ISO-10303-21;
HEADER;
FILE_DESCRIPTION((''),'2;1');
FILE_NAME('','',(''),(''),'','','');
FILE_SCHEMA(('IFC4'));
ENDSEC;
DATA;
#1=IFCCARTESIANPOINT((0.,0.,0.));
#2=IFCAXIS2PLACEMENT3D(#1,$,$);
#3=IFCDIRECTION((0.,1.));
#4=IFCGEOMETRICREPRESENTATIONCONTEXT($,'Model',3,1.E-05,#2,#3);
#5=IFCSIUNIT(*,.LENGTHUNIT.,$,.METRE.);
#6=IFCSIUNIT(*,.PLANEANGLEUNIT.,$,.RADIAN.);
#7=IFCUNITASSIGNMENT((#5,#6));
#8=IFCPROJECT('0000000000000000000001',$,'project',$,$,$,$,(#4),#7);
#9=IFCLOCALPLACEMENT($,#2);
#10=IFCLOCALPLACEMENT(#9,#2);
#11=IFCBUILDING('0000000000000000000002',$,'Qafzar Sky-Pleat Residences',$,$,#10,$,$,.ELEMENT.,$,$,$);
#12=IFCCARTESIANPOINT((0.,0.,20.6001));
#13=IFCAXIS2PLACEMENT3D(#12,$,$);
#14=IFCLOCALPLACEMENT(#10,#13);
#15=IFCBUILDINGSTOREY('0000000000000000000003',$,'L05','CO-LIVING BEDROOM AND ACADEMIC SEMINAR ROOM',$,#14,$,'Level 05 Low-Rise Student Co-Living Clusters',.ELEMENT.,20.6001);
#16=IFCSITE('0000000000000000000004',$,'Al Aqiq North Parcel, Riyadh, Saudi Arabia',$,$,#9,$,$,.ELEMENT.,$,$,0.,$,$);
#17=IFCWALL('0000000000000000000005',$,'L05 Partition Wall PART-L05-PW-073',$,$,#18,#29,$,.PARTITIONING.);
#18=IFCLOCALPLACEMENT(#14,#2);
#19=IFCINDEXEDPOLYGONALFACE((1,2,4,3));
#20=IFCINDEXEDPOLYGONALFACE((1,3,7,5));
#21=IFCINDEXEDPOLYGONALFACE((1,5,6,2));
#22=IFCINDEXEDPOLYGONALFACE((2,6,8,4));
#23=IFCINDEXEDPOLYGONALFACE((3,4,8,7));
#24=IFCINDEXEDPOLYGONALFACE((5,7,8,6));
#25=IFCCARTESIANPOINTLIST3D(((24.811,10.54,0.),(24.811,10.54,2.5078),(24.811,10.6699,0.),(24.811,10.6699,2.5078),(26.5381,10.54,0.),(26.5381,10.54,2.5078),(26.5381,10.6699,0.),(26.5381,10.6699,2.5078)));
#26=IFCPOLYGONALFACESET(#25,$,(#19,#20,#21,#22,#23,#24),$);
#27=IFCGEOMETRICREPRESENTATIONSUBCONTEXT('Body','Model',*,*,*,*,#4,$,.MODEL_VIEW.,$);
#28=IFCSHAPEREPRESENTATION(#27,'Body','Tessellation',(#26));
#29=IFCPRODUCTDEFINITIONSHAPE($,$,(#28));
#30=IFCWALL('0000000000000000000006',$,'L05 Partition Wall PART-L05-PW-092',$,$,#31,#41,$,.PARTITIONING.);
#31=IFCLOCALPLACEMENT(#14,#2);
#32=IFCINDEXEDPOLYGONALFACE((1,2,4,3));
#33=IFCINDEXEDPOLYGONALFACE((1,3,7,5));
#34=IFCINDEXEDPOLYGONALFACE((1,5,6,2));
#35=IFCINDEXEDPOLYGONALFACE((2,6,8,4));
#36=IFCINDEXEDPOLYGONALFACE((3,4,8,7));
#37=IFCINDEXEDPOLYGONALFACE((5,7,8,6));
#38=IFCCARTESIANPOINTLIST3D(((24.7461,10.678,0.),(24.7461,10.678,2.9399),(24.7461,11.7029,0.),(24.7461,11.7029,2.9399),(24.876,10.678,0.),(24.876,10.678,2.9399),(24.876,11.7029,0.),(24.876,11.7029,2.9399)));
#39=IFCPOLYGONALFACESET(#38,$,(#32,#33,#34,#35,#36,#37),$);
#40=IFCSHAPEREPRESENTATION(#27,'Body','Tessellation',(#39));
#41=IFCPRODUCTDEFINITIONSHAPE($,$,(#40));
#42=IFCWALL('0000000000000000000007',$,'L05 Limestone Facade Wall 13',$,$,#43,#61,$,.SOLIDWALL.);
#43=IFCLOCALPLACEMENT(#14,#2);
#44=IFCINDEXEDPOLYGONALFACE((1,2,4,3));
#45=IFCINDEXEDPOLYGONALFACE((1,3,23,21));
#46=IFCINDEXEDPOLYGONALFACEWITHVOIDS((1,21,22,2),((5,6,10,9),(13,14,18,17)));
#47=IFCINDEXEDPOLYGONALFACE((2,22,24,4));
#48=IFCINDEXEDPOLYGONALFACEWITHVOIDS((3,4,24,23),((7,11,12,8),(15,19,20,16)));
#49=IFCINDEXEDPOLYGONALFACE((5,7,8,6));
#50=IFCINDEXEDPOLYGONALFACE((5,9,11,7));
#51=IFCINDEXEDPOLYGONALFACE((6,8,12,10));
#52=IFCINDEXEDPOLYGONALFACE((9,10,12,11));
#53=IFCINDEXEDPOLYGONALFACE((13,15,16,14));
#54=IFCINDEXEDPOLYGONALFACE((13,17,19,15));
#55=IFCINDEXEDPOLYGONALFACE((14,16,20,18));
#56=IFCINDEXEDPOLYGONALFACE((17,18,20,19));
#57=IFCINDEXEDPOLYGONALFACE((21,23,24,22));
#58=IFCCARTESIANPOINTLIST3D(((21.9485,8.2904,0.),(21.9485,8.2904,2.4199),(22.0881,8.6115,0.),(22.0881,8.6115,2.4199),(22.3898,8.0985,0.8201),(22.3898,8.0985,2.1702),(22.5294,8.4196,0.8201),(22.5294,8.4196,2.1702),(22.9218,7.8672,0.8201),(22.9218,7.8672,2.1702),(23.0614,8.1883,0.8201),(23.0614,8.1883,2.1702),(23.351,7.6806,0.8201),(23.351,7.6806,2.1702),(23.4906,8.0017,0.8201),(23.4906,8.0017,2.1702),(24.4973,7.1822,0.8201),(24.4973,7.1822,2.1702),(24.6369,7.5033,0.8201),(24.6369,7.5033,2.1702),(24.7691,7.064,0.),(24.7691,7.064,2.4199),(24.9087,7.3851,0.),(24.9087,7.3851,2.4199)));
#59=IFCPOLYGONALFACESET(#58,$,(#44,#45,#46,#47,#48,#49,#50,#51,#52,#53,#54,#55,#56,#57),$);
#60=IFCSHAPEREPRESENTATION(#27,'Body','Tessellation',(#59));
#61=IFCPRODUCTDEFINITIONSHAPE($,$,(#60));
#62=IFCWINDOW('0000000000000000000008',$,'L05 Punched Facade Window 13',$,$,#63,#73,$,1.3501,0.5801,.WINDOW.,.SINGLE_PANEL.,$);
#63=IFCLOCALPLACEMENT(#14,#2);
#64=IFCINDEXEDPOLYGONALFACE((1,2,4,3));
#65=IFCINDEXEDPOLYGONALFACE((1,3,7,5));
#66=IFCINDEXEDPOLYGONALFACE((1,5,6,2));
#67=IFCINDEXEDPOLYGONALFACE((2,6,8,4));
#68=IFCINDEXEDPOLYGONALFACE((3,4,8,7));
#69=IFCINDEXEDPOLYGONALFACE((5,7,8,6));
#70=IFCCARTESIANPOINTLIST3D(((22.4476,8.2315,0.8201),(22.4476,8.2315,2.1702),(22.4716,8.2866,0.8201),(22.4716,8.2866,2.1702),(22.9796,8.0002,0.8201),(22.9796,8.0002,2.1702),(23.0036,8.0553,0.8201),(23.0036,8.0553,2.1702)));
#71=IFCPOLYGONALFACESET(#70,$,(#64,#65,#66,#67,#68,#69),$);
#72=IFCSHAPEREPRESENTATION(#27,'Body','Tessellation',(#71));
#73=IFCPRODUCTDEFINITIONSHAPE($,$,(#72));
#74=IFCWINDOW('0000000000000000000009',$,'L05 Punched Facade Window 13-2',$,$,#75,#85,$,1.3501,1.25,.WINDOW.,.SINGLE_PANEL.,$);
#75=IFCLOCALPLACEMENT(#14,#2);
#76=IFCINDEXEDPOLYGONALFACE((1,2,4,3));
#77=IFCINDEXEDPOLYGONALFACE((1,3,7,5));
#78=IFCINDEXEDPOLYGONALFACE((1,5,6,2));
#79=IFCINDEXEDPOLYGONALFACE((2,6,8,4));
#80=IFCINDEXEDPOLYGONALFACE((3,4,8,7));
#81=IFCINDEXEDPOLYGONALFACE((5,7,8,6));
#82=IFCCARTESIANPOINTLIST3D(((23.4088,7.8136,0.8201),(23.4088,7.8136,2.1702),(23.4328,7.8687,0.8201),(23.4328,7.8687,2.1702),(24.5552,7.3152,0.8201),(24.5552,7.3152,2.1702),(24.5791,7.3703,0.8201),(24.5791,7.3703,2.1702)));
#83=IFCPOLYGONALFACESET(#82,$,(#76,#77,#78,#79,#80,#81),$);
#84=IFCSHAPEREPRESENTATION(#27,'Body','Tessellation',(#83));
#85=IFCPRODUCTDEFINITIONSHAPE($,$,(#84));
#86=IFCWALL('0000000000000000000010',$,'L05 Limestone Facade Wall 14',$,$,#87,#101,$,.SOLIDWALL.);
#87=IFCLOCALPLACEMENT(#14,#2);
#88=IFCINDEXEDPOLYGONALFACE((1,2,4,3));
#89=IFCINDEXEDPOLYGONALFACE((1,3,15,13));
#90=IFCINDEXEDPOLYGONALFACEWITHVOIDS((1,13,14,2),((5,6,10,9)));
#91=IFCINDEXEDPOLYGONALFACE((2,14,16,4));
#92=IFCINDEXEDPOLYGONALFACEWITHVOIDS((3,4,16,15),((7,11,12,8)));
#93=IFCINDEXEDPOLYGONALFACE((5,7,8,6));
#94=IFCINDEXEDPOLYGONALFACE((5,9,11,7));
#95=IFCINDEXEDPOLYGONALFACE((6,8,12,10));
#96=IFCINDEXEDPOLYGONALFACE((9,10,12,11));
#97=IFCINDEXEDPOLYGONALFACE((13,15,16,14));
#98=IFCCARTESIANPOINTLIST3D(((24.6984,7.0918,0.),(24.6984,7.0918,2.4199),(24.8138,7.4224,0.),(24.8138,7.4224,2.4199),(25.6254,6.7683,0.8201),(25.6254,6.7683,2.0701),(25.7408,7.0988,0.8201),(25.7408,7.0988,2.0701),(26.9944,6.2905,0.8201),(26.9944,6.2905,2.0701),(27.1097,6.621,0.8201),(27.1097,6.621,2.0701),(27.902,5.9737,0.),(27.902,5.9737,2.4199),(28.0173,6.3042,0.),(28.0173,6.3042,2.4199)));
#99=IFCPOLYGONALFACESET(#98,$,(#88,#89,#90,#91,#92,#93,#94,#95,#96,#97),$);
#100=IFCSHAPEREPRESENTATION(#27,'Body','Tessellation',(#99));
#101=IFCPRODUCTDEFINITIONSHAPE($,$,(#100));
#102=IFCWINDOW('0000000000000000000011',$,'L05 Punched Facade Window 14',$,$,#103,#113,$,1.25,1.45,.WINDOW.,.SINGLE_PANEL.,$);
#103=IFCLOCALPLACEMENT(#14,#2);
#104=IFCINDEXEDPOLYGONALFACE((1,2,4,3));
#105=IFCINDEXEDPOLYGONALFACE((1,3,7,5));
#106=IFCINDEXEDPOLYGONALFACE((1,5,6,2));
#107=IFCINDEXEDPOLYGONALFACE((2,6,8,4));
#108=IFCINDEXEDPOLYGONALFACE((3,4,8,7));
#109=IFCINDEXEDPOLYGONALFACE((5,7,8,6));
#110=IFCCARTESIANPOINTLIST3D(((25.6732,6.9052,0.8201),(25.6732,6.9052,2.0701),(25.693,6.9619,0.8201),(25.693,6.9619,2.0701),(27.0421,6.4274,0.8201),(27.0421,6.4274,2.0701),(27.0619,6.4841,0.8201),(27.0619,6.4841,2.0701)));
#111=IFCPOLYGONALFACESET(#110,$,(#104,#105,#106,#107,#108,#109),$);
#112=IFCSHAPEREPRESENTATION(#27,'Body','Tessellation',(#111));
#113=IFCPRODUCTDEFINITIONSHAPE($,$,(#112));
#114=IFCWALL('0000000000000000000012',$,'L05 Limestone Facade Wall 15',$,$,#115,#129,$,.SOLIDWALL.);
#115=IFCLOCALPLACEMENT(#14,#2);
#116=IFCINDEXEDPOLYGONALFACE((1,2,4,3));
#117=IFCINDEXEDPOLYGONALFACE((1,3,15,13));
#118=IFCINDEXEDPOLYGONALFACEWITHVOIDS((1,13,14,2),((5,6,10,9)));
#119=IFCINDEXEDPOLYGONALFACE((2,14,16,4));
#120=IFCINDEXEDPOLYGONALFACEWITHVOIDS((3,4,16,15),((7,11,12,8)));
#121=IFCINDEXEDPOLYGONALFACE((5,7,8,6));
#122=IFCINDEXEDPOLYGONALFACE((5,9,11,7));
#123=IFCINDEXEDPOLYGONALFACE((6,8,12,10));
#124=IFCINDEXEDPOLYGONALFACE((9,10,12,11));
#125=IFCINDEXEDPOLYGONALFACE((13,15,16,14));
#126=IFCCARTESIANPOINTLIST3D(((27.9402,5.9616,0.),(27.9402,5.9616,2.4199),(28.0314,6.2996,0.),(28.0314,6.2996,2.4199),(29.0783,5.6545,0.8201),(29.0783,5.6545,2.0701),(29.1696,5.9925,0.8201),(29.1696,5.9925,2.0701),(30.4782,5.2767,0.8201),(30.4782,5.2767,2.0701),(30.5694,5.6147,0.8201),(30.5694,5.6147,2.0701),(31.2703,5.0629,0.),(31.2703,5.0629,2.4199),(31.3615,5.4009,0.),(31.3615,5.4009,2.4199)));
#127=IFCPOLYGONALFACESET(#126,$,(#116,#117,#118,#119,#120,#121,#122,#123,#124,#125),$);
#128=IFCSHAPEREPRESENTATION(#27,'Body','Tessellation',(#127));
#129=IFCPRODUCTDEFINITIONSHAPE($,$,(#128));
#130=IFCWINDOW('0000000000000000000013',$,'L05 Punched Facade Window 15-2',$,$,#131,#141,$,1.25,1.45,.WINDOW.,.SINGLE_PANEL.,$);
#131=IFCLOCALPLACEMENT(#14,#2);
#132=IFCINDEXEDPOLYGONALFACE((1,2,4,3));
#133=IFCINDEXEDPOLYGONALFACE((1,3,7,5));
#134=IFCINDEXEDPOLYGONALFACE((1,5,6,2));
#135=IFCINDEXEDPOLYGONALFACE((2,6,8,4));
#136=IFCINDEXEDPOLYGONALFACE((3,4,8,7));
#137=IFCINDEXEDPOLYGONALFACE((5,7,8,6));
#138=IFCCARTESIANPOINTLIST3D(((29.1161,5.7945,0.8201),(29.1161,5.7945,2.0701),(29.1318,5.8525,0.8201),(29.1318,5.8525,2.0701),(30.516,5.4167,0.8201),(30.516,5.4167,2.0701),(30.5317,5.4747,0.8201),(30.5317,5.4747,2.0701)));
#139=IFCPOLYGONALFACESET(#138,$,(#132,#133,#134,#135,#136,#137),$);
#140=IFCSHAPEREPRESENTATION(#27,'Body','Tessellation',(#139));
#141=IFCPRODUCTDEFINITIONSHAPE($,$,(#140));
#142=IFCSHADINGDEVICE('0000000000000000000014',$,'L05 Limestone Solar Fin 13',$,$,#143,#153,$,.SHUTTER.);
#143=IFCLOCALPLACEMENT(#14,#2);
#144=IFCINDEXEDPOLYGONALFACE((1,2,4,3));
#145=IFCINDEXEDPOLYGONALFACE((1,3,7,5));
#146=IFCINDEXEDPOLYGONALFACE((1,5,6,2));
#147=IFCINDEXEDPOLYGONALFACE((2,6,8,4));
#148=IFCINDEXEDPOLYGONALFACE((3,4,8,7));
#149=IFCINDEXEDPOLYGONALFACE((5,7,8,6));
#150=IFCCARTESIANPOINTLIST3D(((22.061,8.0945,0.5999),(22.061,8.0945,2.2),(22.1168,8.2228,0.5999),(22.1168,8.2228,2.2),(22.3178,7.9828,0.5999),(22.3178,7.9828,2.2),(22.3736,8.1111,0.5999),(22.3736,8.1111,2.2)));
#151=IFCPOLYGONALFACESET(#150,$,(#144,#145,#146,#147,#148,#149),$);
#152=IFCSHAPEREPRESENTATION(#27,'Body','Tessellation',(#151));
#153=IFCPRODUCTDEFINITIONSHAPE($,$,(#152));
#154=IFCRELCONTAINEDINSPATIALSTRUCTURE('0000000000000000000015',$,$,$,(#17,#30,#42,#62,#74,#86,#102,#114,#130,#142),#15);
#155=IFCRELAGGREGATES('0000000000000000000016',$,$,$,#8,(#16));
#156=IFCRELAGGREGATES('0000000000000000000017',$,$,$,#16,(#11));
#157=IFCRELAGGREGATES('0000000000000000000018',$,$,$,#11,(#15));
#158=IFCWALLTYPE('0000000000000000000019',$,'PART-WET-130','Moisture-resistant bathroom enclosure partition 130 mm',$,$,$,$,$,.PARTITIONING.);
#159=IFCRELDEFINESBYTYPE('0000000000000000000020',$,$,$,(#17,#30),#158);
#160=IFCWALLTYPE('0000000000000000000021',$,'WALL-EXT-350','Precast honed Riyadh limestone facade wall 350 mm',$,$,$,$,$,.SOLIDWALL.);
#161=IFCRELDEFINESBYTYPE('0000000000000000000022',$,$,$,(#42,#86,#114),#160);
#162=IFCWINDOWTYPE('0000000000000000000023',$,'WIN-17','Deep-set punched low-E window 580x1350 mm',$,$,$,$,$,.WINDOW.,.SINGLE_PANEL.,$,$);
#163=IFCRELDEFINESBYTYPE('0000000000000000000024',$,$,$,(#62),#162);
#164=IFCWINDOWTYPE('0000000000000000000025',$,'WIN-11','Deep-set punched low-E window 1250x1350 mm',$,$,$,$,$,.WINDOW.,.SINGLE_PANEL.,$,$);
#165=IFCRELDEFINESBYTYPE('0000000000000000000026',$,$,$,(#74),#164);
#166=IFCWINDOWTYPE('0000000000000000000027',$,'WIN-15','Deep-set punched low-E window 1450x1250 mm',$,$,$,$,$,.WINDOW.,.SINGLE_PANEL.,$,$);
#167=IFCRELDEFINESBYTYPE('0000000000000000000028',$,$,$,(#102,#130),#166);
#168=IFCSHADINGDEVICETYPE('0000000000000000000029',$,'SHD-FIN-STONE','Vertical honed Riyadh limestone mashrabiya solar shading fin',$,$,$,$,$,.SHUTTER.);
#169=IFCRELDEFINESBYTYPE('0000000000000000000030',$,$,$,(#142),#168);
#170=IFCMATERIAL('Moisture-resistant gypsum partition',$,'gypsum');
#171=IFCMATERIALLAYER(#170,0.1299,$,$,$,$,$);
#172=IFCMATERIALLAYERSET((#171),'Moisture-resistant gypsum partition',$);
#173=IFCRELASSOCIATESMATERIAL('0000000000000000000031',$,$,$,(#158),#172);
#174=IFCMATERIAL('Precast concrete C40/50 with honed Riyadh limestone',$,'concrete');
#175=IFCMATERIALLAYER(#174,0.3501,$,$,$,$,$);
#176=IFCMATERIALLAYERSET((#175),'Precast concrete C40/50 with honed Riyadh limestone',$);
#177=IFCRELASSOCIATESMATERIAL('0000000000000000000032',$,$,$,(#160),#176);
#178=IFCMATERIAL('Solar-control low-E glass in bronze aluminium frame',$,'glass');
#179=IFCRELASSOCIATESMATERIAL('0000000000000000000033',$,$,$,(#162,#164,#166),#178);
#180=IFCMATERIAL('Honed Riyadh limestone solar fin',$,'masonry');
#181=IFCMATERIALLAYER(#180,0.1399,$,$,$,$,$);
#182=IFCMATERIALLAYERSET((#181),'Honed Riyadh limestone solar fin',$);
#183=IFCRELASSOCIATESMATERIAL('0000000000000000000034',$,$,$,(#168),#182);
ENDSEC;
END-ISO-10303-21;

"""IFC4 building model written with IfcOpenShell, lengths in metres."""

from ifc_helpers import new_model, si_unit, direction, frame, frame_2d, origin, origin_2d, place, context, subcontext, project, spatial, rectangle, extrude, source, transform, mapped, material, layer, layer_set, type_object, element, fill, save


model = new_model("IFC4")

# Units and contexts
model_context = context("Model", 3, precision=1e-05, world=origin(), true_north=direction((0.0, 1.0)))
body_context = subcontext(model_context, "Body", "Model", "MODEL_VIEW")
ifc_project = project(units=[si_unit("LENGTHUNIT", "METRE"), si_unit("PLANEANGLEUNIT", "RADIAN")], contexts=[model_context])

# Site, building, storey
site_placement = place(None, origin())
site = spatial("IfcSite", under=ifc_project, at=site_placement, Name="Al Aqiq North Parcel, Riyadh, Saudi Arabia", CompositionType="ELEMENT", RefElevation=0.0)
building_placement = place(site_placement, origin())
building = spatial("IfcBuilding", under=site, at=building_placement, Name="Qafzar Sky-Pleat Residences", CompositionType="ELEMENT")
storey_placement = place(building_placement, frame((0.0, 0.0, 20.6001)))
storey = spatial("IfcBuildingStorey", under=building, at=storey_placement, Name="L05", Description="CO-LIVING BEDROOM AND ACADEMIC SEMINAR ROOM", LongName="Level 05 Low-Rise Student Co-Living Clusters", CompositionType="ELEMENT", Elevation=20.6001)

# Shared definitions
ifc_material_1 = material(Name="Moisture-resistant gypsum partition", Category="gypsum")
ifc_layer_1 = layer(ifc_material_1, 0.1299)
ifc_layer_set_1 = layer_set([ifc_layer_1], Name="Moisture-resistant gypsum partition")
wall_type_1 = type_object("IfcWallType", Name="PART-WET-130", Description="Moisture-resistant bathroom enclosure partition 130 mm", PredefinedType="PARTITIONING", material=ifc_layer_set_1)

# Walls
wall_1_placement = place(storey_placement, frame((24.811, 10.605, 0.0), z_axis=(0.0, 0.0, 1.0), x_axis=(1.0, 0.0, 0.0)))
element("IfcWall", 1, at=wall_1_placement, inside=storey, type_object=wall_type_1, Name="L05 Partition Wall PART-L05-PW-073", PredefinedType="PARTITIONING", context=body_context, shape_type="SweptSolid", body=[
    extrude(rectangle(XDim=1.7271, YDim=0.1299, at=frame_2d((0.8635, 0.0))), origin(), (0.0, 0.0, 1.0), 2.5078),
])
wall_2_placement = place(storey_placement, frame((24.811, 10.678, 0.0), z_axis=(0.0, 0.0, 1.0), x_axis=(0.0, 1.0, 0.0)))
element("IfcWall", 2, at=wall_2_placement, inside=storey, type_object=wall_type_1, Name="L05 Partition Wall PART-L05-PW-092", PredefinedType="PARTITIONING", context=body_context, shape_type="SweptSolid", body=[
    extrude(rectangle(XDim=1.0249, YDim=0.1299, at=frame_2d((0.5125, 0.0))), origin(), (0.0, 0.0, 1.0), 2.9399),
])

# Wall, openings, windows
ifc_material_2 = material(Name="Precast concrete C40/50 with honed Riyadh limestone", Category="concrete")
ifc_layer_2 = layer(ifc_material_2, 0.3501)
ifc_layer_set_2 = layer_set([ifc_layer_2], Name="Precast concrete C40/50 with honed Riyadh limestone")
wall_type_2 = type_object("IfcWallType", Name="WALL-EXT-350", Description="Precast honed Riyadh limestone facade wall 350 mm", PredefinedType="SOLIDWALL", material=ifc_layer_set_2)
wall_3_placement = place(storey_placement, frame((22.0183, 8.4509, 0.0), z_axis=(0.0, 0.0, 1.0), x_axis=(0.917071, -0.398723, 0.0)))
wall_3 = element("IfcWall", 3, at=wall_3_placement, inside=storey, type_object=wall_type_2, Name="L05 Limestone Facade Wall 13", PredefinedType="SOLIDWALL", context=body_context, shape_type="SweptSolid", body=[
    extrude(rectangle(XDim=3.0757, YDim=0.3501, at=frame_2d((1.5378, 0.0))), origin(), (0.0, 0.0, 1.0), 2.4199),
])
opening_1_placement = place(wall_3_placement, frame((0.4812, 0.0, 0.8201)))
opening_1 = element("IfcOpeningElement", 4, at=opening_1_placement, cuts=wall_3, PredefinedType="OPENING", context=body_context, shape_type="SweptSolid", body=[
    extrude(rectangle(XDim=0.5801, YDim=1.3501, at=frame_2d((0.29, 0.675))), frame((0.0, 0.1851, 0.0), z_axis=(0.0, -1.0, 0.0), x_axis=(1.0, 0.0, 0.0)), (0.0, 0.0, 1.0), 0.3701),
])
opening_2_placement = place(wall_3_placement, frame((1.5293, 0.0, 0.8201)))
opening_2 = element("IfcOpeningElement", 5, at=opening_2_placement, cuts=wall_3, PredefinedType="OPENING", context=body_context, shape_type="SweptSolid", body=[
    extrude(rectangle(XDim=1.25, YDim=1.3501, at=frame_2d((0.625, 0.675))), frame((0.0, 0.1851, 0.0), z_axis=(0.0, -1.0, 0.0), x_axis=(1.0, 0.0, 0.0)), (0.0, 0.0, 1.0), 0.3701),
])
ifc_material_3 = material(Name="Solar-control low-E glass in bronze aluminium frame", Category="glass")
window_type_1 = type_object("IfcWindowType", Name="WIN-17", Description="Deep-set punched low-E window 580x1350 mm", PartitioningType="SINGLE_PANEL", PredefinedType="WINDOW", material=ifc_material_3)
shared_shape_1 = source(origin(), body_context, "Body", "SweptSolid", [
    extrude(rectangle(XDim=0.5801, YDim=1.3501, at=frame_2d((0.29, 0.675))), frame((0.0, 0.03, 0.0), z_axis=(0.0, -1.0, 0.0), x_axis=(1.0, 0.0, 0.0)), (0.0, 0.0, 1.0), 0.0601),
])
window_1_placement = place(opening_1_placement, origin())
window_1 = element("IfcWindow", 6, at=window_1_placement, inside=storey, type_object=window_type_1, Name="L05 Punched Facade Window 13", OverallHeight=1.3501, OverallWidth=0.5801, PartitioningType="SINGLE_PANEL", PredefinedType="WINDOW", context=body_context, shape_type="MappedRepresentation", body=[
    mapped(shared_shape_1, transform((0.0, 0.0, 0.0), x_axis=(1.0, 0.0, 0.0), y_axis=(0.0, 1.0, 0.0), z_axis=(0.0, 0.0, 1.0), scale=1.0)),
])
fill(opening_1, window_1)
window_type_2 = type_object("IfcWindowType", Name="WIN-11", Description="Deep-set punched low-E window 1250x1350 mm", PartitioningType="SINGLE_PANEL", PredefinedType="WINDOW", material=ifc_material_3)
shared_shape_2 = source(origin(), body_context, "Body", "SweptSolid", [
    extrude(rectangle(XDim=1.25, YDim=1.3501, at=frame_2d((0.625, 0.675))), frame((0.0, 0.03, 0.0), z_axis=(0.0, -1.0, 0.0), x_axis=(1.0, 0.0, 0.0)), (0.0, 0.0, 1.0), 0.0601),
])
window_2_placement = place(opening_2_placement, origin())
window_2 = element("IfcWindow", 7, at=window_2_placement, inside=storey, type_object=window_type_2, Name="L05 Punched Facade Window 13-2", OverallHeight=1.3501, OverallWidth=1.25, PartitioningType="SINGLE_PANEL", PredefinedType="WINDOW", context=body_context, shape_type="MappedRepresentation", body=[
    mapped(shared_shape_2, transform((0.0, 0.0, 0.0), x_axis=(1.0, 0.0, 0.0), y_axis=(0.0, 1.0, 0.0), z_axis=(0.0, 0.0, 1.0), scale=1.0)),
])
fill(opening_2, window_2)

# Walls, openings, windows
wall_4_placement = place(storey_placement, frame((24.7561, 7.2571, 0.0), z_axis=(0.0, 0.0, 1.0), x_axis=(0.944143, -0.329536, 0.0)))
wall_4 = element("IfcWall", 8, at=wall_4_placement, inside=storey, type_object=wall_type_2, Name="L05 Limestone Facade Wall 14", PredefinedType="SOLIDWALL", context=body_context, shape_type="SweptSolid", body=[
    extrude(rectangle(XDim=3.3931, YDim=0.3501, at=frame_2d((1.6965, 0.0))), origin(), (0.0, 0.0, 1.0), 2.4199),
])
opening_3_placement = place(wall_4_placement, frame((0.9817, 0.0, 0.8201)))
opening_3 = element("IfcOpeningElement", 9, at=opening_3_placement, cuts=wall_4, PredefinedType="OPENING", context=body_context, shape_type="SweptSolid", body=[
    extrude(rectangle(XDim=1.45, YDim=1.25, at=frame_2d((0.7251, 0.625))), frame((0.0, 0.1851, 0.0), z_axis=(0.0, -1.0, 0.0), x_axis=(1.0, 0.0, 0.0)), (0.0, 0.0, 1.0), 0.3701),
])
window_type_3 = type_object("IfcWindowType", Name="WIN-15", Description="Deep-set punched low-E window 1450x1250 mm", PartitioningType="SINGLE_PANEL", PredefinedType="WINDOW", material=ifc_material_3)
shared_shape_3 = source(origin(), body_context, "Body", "SweptSolid", [
    extrude(rectangle(XDim=1.45, YDim=1.25, at=frame_2d((0.7251, 0.625))), frame((0.0, 0.03, 0.0), z_axis=(0.0, -1.0, 0.0), x_axis=(1.0, 0.0, 0.0)), (0.0, 0.0, 1.0), 0.0601),
])
window_3_placement = place(opening_3_placement, origin())
window_3 = element("IfcWindow", 10, at=window_3_placement, inside=storey, type_object=window_type_3, Name="L05 Punched Facade Window 14", OverallHeight=1.25, OverallWidth=1.45, PartitioningType="SINGLE_PANEL", PredefinedType="WINDOW", context=body_context, shape_type="MappedRepresentation", body=[
    mapped(shared_shape_3, transform((0.0, 0.0, 0.0), x_axis=(1.0, 0.0, 0.0), y_axis=(0.0, 1.0, 0.0), z_axis=(0.0, 0.0, 1.0), scale=1.0)),
])
fill(opening_3, window_3)
wall_5_placement = place(storey_placement, frame((27.9858, 6.1306, 0.0), z_axis=(0.0, 0.0, 1.0), x_axis=(0.965461, -0.260547, 0.0)))
wall_5 = element("IfcWall", 11, at=wall_5_placement, inside=storey, type_object=wall_type_2, Name="L05 Limestone Facade Wall 15", PredefinedType="SOLIDWALL", context=body_context, shape_type="SweptSolid", body=[
    extrude(rectangle(XDim=3.4492, YDim=0.3501, at=frame_2d((1.7246, 0.0))), origin(), (0.0, 0.0, 1.0), 2.4199),
])
opening_4_placement = place(wall_5_placement, frame((1.1787, 0.0, 0.8201)))
opening_4 = element("IfcOpeningElement", 12, at=opening_4_placement, cuts=wall_5, PredefinedType="OPENING", context=body_context, shape_type="SweptSolid", body=[
    extrude(rectangle(XDim=1.45, YDim=1.25, at=frame_2d((0.7251, 0.625))), frame((0.0, 0.1851, 0.0), z_axis=(0.0, -1.0, 0.0), x_axis=(1.0, 0.0, 0.0)), (0.0, 0.0, 1.0), 0.3701),
])
window_4_placement = place(opening_4_placement, origin())
window_4 = element("IfcWindow", 13, at=window_4_placement, inside=storey, type_object=window_type_3, Name="L05 Punched Facade Window 15-2", OverallHeight=1.25, OverallWidth=1.45, PartitioningType="SINGLE_PANEL", PredefinedType="WINDOW", context=body_context, shape_type="MappedRepresentation", body=[
    mapped(shared_shape_3, transform((0.0, 0.0, 0.0), x_axis=(1.0, 0.0, 0.0), y_axis=(0.0, 1.0, 0.0), z_axis=(0.0, 0.0, 1.0), scale=1.0)),
])
fill(opening_4, window_4)

# Shading device
ifc_material_4 = material(Name="Honed Riyadh limestone solar fin", Category="masonry")
ifc_layer_3 = layer(ifc_material_4, 0.1399)
ifc_layer_set_3 = layer_set([ifc_layer_3], Name="Honed Riyadh limestone solar fin")
shading_device_type = type_object("IfcShadingDeviceType", Name="SHD-FIN-STONE", Description="Vertical honed Riyadh limestone mashrabiya solar shading fin", PredefinedType="SHUTTER", material=ifc_layer_set_3)
shared_shape_4 = source(origin(), body_context, "Body", "SweptSolid", [
    extrude(rectangle(XDim=0.1399, YDim=0.28, at=origin_2d()), origin(), (0.0, 0.0, 1.0), 1.6001),
])
shading_device_placement = place(storey_placement, frame((22.2173, 8.1028, 0.5999), z_axis=(0.0, 0.0, 1.0), x_axis=(-0.39868, -0.91709, 0.0)))
element("IfcShadingDevice", 14, at=shading_device_placement, inside=storey, type_object=shading_device_type, Name="L05 Limestone Solar Fin 13", PredefinedType="SHUTTER", context=body_context, shape_type="MappedRepresentation", body=[
    mapped(shared_shape_4, transform((0.0, 0.0, 0.0), x_axis=(1.0, 0.0, 0.0), y_axis=(0.0, 1.0, 0.0), z_axis=(0.0, 0.0, 1.0), scale=1.0)),
])

save(model, "model.ifc")
